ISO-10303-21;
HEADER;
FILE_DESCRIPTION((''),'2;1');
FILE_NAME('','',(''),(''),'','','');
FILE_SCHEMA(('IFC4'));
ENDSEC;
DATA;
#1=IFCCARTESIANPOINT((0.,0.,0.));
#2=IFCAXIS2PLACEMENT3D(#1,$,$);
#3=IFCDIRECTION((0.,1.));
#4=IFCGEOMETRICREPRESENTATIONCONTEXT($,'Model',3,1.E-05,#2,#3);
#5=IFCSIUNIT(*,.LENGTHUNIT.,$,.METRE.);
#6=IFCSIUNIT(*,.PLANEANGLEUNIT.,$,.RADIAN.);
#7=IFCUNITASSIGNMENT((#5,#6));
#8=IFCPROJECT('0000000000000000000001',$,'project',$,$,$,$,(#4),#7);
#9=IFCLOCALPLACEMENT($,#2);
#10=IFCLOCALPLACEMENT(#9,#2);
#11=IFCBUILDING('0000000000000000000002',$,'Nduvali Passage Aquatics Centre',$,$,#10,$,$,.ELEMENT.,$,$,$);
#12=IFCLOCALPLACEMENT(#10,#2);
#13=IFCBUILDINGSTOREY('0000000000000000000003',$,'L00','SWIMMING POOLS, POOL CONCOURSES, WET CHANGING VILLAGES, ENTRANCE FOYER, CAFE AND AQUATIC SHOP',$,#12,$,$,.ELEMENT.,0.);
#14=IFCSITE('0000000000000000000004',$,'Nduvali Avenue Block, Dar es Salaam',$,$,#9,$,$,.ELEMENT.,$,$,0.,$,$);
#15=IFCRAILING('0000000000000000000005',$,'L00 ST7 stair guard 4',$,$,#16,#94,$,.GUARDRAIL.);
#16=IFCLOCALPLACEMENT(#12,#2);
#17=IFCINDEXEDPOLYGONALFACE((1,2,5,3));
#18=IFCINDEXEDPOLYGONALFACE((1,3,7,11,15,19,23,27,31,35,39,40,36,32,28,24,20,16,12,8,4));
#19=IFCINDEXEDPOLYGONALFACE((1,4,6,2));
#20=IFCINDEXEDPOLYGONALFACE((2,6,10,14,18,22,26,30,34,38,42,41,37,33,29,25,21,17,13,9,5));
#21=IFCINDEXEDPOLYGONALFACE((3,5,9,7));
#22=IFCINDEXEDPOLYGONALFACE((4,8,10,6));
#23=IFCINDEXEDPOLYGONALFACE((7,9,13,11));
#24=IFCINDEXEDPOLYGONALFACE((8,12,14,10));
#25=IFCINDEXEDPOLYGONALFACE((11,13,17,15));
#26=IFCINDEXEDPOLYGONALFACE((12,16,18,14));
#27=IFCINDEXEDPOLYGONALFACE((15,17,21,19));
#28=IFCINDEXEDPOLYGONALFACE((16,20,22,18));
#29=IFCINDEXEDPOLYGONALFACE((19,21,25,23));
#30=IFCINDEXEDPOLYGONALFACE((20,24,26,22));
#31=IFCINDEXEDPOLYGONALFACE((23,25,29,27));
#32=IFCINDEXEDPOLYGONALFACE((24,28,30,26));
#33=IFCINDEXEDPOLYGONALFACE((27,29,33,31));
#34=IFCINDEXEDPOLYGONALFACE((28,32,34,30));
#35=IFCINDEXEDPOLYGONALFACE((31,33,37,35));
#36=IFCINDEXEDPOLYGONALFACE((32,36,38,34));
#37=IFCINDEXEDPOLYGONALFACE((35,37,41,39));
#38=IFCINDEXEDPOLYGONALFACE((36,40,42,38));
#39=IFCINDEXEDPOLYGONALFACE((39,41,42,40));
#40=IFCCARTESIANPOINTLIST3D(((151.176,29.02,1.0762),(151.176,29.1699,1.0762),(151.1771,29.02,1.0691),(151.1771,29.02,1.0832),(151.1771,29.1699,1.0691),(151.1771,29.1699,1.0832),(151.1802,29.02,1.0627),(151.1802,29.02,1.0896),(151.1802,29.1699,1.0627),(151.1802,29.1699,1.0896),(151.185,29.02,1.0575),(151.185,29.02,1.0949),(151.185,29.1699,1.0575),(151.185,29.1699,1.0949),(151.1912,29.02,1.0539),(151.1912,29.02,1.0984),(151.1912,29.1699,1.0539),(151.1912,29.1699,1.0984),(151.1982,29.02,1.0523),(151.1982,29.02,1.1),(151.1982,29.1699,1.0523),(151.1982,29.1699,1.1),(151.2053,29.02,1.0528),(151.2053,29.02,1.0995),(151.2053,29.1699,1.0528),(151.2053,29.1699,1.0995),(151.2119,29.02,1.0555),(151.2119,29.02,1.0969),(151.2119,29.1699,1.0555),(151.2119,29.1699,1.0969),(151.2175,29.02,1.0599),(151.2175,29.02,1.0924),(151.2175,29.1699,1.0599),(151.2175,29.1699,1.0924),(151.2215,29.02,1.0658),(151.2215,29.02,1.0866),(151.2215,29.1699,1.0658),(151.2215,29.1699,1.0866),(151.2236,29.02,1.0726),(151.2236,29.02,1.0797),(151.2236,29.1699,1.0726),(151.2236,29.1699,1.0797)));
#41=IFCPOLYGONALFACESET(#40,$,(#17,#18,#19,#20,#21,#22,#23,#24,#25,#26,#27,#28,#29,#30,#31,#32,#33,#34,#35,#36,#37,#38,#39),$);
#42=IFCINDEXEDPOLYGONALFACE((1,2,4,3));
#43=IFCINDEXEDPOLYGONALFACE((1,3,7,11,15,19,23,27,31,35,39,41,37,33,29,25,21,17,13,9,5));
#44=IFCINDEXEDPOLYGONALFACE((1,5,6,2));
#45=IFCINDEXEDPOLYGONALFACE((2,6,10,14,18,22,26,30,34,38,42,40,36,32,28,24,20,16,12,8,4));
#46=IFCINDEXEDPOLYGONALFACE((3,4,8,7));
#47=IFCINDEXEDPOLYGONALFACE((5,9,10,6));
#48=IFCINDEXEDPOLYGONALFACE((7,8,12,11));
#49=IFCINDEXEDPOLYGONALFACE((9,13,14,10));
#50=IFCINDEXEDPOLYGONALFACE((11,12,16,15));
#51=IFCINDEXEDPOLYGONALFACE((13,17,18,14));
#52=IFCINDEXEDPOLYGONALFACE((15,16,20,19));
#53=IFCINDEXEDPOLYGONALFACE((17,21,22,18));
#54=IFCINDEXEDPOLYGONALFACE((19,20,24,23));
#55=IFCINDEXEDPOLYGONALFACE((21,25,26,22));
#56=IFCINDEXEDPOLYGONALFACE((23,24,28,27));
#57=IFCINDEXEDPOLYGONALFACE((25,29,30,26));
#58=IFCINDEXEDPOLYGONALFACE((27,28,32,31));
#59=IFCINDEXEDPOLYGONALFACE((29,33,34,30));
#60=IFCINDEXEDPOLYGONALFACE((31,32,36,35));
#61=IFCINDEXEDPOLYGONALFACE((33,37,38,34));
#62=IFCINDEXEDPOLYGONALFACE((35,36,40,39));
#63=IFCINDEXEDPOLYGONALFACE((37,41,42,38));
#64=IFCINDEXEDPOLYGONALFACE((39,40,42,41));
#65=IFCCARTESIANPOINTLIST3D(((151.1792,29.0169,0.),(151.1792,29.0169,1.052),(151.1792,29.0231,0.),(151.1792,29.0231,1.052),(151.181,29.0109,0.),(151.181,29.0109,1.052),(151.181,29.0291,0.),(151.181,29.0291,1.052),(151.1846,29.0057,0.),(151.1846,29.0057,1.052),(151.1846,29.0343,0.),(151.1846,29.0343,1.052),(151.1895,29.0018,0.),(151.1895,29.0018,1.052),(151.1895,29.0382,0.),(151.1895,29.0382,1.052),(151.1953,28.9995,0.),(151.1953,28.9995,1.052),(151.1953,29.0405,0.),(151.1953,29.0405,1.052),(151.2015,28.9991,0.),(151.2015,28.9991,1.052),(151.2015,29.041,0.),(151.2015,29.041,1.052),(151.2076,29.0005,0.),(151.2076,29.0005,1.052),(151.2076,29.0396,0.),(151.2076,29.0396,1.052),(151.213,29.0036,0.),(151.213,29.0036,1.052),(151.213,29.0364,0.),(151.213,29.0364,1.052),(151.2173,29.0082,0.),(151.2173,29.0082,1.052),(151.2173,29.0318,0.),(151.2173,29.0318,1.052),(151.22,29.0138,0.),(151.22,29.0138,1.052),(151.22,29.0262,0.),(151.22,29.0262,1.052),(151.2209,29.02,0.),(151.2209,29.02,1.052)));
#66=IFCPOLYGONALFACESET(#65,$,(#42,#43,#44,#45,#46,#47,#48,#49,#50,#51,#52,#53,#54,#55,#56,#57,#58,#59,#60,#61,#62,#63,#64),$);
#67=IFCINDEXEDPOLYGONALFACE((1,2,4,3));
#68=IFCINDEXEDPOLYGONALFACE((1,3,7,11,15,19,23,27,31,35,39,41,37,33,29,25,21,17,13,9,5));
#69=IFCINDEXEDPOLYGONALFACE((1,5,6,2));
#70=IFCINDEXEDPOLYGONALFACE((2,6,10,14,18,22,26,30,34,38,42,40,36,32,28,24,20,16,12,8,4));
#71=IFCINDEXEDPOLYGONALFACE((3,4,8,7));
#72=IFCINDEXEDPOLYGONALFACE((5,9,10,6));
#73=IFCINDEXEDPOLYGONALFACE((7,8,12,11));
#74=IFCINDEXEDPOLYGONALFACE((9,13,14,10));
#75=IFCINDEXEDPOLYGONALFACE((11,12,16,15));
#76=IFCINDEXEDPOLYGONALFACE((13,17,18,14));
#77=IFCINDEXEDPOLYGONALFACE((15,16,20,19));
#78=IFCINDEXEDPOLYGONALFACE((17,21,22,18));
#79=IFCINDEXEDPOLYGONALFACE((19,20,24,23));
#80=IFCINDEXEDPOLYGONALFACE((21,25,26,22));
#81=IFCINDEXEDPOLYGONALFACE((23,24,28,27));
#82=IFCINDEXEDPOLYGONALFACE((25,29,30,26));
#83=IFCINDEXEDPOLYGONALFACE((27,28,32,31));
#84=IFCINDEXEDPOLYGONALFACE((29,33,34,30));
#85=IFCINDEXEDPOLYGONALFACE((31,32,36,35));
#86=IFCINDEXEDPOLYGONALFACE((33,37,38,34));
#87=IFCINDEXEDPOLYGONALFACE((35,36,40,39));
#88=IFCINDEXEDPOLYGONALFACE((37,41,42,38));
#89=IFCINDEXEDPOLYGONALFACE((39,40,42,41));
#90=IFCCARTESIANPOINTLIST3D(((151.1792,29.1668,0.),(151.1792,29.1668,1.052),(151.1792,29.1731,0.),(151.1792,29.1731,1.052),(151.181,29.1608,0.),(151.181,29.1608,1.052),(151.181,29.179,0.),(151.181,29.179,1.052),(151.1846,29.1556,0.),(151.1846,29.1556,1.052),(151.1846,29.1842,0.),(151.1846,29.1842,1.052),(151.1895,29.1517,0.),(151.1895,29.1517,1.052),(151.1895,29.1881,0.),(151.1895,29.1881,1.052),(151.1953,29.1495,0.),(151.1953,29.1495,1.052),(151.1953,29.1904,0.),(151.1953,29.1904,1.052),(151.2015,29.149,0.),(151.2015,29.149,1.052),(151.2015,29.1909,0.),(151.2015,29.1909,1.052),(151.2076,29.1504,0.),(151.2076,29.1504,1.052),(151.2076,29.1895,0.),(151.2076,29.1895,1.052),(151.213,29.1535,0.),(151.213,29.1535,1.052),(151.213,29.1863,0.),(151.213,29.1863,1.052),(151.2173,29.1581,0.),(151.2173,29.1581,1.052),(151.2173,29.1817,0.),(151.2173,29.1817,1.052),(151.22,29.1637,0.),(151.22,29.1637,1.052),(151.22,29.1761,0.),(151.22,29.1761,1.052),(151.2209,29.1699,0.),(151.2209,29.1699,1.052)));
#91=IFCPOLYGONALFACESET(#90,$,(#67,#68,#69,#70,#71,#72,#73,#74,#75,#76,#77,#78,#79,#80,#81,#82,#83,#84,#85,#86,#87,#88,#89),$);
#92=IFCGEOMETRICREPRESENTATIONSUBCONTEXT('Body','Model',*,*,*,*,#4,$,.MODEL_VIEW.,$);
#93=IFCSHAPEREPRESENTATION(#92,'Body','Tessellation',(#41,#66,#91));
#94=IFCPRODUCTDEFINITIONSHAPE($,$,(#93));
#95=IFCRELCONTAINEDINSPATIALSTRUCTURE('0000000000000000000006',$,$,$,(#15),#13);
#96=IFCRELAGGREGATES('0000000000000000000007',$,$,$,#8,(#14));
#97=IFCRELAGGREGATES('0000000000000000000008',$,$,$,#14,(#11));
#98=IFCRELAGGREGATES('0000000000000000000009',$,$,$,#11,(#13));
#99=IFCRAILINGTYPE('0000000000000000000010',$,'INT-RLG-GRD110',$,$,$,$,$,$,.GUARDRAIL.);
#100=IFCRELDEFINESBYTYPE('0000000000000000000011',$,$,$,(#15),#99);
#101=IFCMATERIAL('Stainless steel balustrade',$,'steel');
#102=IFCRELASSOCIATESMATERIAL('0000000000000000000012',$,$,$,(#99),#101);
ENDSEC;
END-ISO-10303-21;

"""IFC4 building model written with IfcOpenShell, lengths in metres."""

from ifc_helpers import new_model, si_unit, direction, frame, origin, origin_2d, place, context, subcontext, project, spatial, circle, extrude, material, type_object, element, save


model = new_model("IFC4")

# Units and contexts
model_context = context("Model", 3, precision=1e-05, world=origin(), true_north=direction((0.0, 1.0)))
body_context = subcontext(model_context, "Body", "Model", "MODEL_VIEW")
ifc_project = project(units=[si_unit("LENGTHUNIT", "METRE"), si_unit("PLANEANGLEUNIT", "RADIAN")], contexts=[model_context])

# Site, building, storey
site_placement = place(None, origin())
site = spatial("IfcSite", under=ifc_project, at=site_placement, Name="Nduvali Avenue Block, Dar es Salaam", CompositionType="ELEMENT", RefElevation=0.0)
building_placement = place(site_placement, origin())
building = spatial("IfcBuilding", under=site, at=building_placement, Name="Nduvali Passage Aquatics Centre", CompositionType="ELEMENT")
storey_placement = place(building_placement, origin())
storey = spatial("IfcBuildingStorey", under=building, at=storey_placement, Name="L00", Description="SWIMMING POOLS, POOL CONCOURSES, WET CHANGING VILLAGES, ENTRANCE FOYER, CAFE AND AQUATIC SHOP", CompositionType="ELEMENT", Elevation=0.0)

# Railing
ifc_material_1 = material(Name="Stainless steel balustrade", Category="steel")
railing_type_1 = type_object("IfcRailingType", Name="INT-RLG-GRD110", PredefinedType="GUARDRAIL", material=ifc_material_1)
railing_1_placement = place(storey_placement, frame((151.2, 29.02, 0.0)))
element("IfcRailing", 1, at=railing_1_placement, inside=storey, type_object=railing_type_1, Name="L00 ST7 stair guard 4", PredefinedType="GUARDRAIL", context=body_context, shape_type="SweptSolid", body=[
    extrude(circle(Radius=0.0239, at=origin_2d()), frame((0.0, 0.0, 1.0762), z_axis=(0.0, 1.0, 0.0), x_axis=(-1.0, 0.0, 0.0)), (0.0, 0.0, 1.0), 0.1499),
    extrude(circle(Radius=0.021, at=origin_2d()), origin(), (0.0, 0.0, 1.0), 1.052),
    extrude(circle(Radius=0.021, at=origin_2d()), frame((0.0, 0.1499, 0.0)), (0.0, 0.0, 1.0), 1.052),
])

save(model, "model.ifc")
